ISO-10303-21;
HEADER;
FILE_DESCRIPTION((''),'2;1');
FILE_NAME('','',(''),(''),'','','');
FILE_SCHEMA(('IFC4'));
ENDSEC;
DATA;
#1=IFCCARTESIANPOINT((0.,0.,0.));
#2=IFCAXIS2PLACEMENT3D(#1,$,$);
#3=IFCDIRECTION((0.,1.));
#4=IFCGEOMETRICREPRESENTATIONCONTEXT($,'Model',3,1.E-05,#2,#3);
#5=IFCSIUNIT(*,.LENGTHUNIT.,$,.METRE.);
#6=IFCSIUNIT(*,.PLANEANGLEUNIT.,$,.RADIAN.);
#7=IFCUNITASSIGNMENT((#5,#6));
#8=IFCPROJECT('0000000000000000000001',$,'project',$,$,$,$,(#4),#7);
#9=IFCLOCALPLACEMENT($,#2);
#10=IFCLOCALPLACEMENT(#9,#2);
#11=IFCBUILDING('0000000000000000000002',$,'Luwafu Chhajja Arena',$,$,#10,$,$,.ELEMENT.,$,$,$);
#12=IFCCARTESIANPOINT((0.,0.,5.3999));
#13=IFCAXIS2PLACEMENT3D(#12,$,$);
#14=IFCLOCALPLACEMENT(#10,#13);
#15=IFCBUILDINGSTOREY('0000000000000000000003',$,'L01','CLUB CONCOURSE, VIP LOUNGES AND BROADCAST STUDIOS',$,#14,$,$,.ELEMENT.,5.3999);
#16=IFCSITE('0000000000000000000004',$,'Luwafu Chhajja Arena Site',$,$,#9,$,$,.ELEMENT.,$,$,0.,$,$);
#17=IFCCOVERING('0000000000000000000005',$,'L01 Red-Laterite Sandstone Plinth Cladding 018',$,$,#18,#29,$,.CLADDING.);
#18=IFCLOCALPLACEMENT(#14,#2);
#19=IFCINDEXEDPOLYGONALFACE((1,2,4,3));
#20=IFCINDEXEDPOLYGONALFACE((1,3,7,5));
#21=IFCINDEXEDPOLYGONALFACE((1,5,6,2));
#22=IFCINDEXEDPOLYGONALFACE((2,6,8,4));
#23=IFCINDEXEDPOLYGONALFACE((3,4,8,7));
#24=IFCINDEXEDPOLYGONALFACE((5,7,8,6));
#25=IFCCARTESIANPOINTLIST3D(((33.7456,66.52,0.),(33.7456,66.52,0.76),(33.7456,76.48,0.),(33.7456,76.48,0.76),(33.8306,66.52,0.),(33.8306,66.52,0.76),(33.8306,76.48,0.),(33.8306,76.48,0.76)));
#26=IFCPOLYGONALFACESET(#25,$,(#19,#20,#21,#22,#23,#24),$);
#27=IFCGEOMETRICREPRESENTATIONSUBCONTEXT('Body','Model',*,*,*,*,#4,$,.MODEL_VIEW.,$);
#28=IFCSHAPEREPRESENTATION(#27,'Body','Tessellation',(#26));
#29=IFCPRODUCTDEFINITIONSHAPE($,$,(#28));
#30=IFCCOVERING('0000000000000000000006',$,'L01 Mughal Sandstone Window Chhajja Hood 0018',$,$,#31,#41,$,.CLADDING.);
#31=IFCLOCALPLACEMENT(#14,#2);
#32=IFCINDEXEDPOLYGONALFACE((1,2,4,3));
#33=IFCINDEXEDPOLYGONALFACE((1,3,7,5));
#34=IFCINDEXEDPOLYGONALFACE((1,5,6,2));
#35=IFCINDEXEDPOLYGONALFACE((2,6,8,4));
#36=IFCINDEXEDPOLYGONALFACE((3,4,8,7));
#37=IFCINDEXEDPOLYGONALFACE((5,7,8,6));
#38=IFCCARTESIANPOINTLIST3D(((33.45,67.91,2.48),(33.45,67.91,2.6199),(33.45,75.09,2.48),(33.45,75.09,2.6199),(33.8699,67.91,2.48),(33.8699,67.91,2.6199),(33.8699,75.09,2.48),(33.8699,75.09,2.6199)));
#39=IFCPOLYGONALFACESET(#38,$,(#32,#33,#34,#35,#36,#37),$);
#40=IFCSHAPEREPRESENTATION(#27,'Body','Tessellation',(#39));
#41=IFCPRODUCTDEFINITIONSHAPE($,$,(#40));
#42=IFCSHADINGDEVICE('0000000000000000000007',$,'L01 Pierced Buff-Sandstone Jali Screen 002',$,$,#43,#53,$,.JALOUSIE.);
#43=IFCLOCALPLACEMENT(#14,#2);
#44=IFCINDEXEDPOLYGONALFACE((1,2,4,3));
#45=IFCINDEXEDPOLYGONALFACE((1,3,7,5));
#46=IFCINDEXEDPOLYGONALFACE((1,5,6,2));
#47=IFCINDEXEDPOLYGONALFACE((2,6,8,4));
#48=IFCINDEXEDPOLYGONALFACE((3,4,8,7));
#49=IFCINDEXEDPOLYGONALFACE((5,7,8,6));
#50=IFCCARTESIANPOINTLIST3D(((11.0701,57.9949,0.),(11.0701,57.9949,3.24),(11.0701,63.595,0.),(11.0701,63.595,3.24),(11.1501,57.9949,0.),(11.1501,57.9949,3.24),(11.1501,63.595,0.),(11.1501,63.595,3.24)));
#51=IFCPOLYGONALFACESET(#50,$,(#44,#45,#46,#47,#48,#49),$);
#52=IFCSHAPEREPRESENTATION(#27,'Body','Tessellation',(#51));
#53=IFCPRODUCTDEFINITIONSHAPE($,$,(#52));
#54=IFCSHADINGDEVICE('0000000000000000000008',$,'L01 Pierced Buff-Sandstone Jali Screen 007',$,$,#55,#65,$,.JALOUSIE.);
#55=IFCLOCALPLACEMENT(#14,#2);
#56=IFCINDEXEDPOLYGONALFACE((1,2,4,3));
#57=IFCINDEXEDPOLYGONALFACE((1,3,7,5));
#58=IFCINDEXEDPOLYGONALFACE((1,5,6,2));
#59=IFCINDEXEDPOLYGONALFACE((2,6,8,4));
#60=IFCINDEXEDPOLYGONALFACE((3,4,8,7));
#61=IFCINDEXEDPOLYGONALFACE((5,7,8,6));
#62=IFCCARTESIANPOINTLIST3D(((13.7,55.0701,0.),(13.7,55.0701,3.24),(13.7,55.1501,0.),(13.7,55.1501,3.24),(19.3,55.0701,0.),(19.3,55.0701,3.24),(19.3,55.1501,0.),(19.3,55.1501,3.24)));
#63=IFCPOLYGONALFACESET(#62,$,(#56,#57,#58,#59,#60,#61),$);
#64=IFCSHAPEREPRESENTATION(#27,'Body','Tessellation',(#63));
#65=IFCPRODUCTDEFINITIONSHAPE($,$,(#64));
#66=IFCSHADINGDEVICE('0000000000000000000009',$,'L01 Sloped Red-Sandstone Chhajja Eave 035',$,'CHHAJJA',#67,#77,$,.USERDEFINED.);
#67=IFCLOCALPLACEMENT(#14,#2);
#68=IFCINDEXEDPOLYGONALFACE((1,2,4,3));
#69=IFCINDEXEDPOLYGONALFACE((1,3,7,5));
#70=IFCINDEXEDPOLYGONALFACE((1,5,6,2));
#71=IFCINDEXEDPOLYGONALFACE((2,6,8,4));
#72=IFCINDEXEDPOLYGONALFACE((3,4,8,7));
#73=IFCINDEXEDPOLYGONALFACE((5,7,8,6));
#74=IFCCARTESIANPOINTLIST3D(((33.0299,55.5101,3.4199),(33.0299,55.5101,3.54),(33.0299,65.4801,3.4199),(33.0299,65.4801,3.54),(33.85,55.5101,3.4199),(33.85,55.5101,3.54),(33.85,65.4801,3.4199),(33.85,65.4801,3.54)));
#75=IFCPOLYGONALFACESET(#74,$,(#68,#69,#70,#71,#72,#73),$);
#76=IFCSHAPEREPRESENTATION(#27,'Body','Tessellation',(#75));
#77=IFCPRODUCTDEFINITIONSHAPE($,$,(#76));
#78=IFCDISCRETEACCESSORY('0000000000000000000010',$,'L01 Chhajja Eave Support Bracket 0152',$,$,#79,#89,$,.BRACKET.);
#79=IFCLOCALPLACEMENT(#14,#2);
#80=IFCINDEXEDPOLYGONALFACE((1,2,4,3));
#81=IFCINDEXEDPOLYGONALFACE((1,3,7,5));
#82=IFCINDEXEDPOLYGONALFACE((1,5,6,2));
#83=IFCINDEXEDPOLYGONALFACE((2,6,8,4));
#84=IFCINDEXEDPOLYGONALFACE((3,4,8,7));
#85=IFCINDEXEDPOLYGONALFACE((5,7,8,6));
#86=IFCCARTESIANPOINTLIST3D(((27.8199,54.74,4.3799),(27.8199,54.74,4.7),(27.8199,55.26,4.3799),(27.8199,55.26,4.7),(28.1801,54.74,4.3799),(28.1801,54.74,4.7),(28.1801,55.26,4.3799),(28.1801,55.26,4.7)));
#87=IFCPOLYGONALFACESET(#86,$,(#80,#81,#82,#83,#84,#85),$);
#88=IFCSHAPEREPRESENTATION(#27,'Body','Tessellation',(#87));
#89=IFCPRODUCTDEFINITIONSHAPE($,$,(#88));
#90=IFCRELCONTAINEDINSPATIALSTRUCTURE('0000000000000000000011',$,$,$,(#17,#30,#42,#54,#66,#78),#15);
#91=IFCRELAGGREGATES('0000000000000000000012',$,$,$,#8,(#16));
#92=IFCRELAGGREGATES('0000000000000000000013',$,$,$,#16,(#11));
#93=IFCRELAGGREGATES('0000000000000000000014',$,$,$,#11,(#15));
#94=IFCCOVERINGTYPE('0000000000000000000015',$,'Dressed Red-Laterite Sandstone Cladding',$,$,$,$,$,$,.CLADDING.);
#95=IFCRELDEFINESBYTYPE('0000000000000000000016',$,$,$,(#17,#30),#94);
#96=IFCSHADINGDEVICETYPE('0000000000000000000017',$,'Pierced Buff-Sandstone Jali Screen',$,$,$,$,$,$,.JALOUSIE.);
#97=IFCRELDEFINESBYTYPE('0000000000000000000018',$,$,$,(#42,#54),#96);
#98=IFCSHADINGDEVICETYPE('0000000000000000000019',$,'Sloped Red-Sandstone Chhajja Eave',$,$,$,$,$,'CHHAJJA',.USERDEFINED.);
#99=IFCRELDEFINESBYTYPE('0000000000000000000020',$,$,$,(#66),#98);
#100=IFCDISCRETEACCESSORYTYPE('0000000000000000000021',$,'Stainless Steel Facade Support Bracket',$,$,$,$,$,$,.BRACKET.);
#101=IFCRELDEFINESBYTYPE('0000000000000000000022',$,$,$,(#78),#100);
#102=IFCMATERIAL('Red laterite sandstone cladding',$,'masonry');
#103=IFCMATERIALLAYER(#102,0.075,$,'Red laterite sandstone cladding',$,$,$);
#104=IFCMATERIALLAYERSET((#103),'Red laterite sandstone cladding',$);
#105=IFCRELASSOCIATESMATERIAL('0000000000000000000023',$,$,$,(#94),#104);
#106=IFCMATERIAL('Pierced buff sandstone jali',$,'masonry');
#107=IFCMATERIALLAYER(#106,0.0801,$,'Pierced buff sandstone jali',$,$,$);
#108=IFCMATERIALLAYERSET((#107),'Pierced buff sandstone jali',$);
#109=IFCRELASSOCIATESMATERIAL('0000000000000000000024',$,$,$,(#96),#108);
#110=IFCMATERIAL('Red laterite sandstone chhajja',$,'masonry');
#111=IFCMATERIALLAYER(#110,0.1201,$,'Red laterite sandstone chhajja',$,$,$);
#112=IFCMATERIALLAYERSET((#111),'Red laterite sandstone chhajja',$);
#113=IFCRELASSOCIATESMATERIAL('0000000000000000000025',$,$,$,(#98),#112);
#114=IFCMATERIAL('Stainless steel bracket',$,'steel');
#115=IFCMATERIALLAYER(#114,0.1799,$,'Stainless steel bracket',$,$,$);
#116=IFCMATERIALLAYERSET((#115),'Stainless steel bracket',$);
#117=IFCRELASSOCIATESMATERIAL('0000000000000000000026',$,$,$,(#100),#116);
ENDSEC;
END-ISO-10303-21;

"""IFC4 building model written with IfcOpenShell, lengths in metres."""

from ifc_helpers import new_model, si_unit, direction, frame, origin, origin_2d, place, context, subcontext, project, spatial, rectangle, extrude, material, layer, layer_set, type_object, element, save


model = new_model("IFC4")

# Units and contexts
model_context = context("Model", 3, precision=1e-05, world=origin(), true_north=direction((0.0, 1.0)))
body_context = subcontext(model_context, "Body", "Model", "MODEL_VIEW")
ifc_project = project(units=[si_unit("LENGTHUNIT", "METRE"), si_unit("PLANEANGLEUNIT", "RADIAN")], contexts=[model_context])

# Site, building, storey
site_placement = place(None, origin())
site = spatial("IfcSite", under=ifc_project, at=site_placement, Name="Luwafu Chhajja Arena Site", CompositionType="ELEMENT", RefElevation=0.0)
building_placement = place(site_placement, origin())
building = spatial("IfcBuilding", under=site, at=building_placement, Name="Luwafu Chhajja Arena", CompositionType="ELEMENT")
storey_placement = place(building_placement, frame((0.0, 0.0, 5.3999)))
storey = spatial("IfcBuildingStorey", under=building, at=storey_placement, Name="L01", Description="CLUB CONCOURSE, VIP LOUNGES AND BROADCAST STUDIOS", CompositionType="ELEMENT", Elevation=5.3999)

# Coverings
ifc_material_1 = material(Name="Red laterite sandstone cladding", Category="masonry")
ifc_layer_1 = layer(ifc_material_1, 0.075, Name="Red laterite sandstone cladding")
ifc_layer_set_1 = layer_set([ifc_layer_1], Name="Red laterite sandstone cladding")
covering_type = type_object("IfcCoveringType", Name="Dressed Red-Laterite Sandstone Cladding", PredefinedType="CLADDING", material=ifc_layer_set_1)
covering_1_placement = place(storey_placement, frame((33.7881, 71.5, 0.0), z_axis=(0.0, 0.0, 1.0), x_axis=(0.0, 1.0, 0.0)))
element("IfcCovering", 1, at=covering_1_placement, inside=storey, type_object=covering_type, Name="L01 Red-Laterite Sandstone Plinth Cladding 018", PredefinedType="CLADDING", context=body_context, shape_type="SweptSolid", body=[
    extrude(rectangle(XDim=9.96, YDim=0.085, at=origin_2d()), origin(), (0.0, 0.0, 1.0), 0.76),
])
covering_2_placement = place(storey_placement, frame((33.6599, 71.5, 2.48), z_axis=(0.0, 0.0, 1.0), x_axis=(0.0, 1.0, 0.0)))
element("IfcCovering", 2, at=covering_2_placement, inside=storey, type_object=covering_type, Name="L01 Mughal Sandstone Window Chhajja Hood 0018", PredefinedType="CLADDING", context=body_context, shape_type="SweptSolid", body=[
    extrude(rectangle(XDim=7.1799, YDim=0.4199, at=origin_2d()), origin(), (0.0, 0.0, 1.0), 0.1399),
])

# Shading devices
ifc_material_2 = material(Name="Pierced buff sandstone jali", Category="masonry")
ifc_layer_2 = layer(ifc_material_2, 0.0801, Name="Pierced buff sandstone jali")
ifc_layer_set_2 = layer_set([ifc_layer_2], Name="Pierced buff sandstone jali")
shading_device_type_1 = type_object("IfcShadingDeviceType", Name="Pierced Buff-Sandstone Jali Screen", PredefinedType="JALOUSIE", material=ifc_layer_set_2)
for number, where, z_axis, x_axis, name in (
    (3, (11.1101, 60.7949, 0.0), (0.0, 0.0, 1.0), (0.0, 1.0, 0.0), "L01 Pierced Buff-Sandstone Jali Screen 002"),
    (4, (16.5, 55.1101, 0.0), (0.0, 0.0, 1.0), (1.0, 0.0, 0.0), "L01 Pierced Buff-Sandstone Jali Screen 007"),
):
    element("IfcShadingDevice", number, at=place(storey_placement, frame(where, z_axis=z_axis, x_axis=x_axis)), inside=storey, type_object=shading_device_type_1, Name=name, PredefinedType="JALOUSIE", context=body_context, shape_type="SweptSolid", body=[
        extrude(rectangle(XDim=5.6001, YDim=0.0801, at=origin_2d()), origin(), (0.0, 0.0, 1.0), 3.24),
    ])
ifc_material_3 = material(Name="Red laterite sandstone chhajja", Category="masonry")
ifc_layer_3 = layer(ifc_material_3, 0.1201, Name="Red laterite sandstone chhajja")
ifc_layer_set_3 = layer_set([ifc_layer_3], Name="Red laterite sandstone chhajja")
shading_device_type_2 = type_object("IfcShadingDeviceType", Name="Sloped Red-Sandstone Chhajja Eave", ElementType="CHHAJJA", PredefinedType="USERDEFINED", material=ifc_layer_set_3)
shading_device_placement = place(storey_placement, frame((33.4399, 60.4951, 3.4199), z_axis=(0.0, 0.0, 1.0), x_axis=(0.0, 1.0, 0.0)))
element("IfcShadingDevice", 5, at=shading_device_placement, inside=storey, type_object=shading_device_type_2, Name="L01 Sloped Red-Sandstone Chhajja Eave 035", ObjectType="CHHAJJA", PredefinedType="USERDEFINED", context=body_context, shape_type="SweptSolid", body=[
    extrude(rectangle(XDim=9.97, YDim=0.8201, at=origin_2d()), origin(), (0.0, 0.0, 1.0), 0.1201),
])

# Discrete accessory
ifc_material_4 = material(Name="Stainless steel bracket", Category="steel")
ifc_layer_4 = layer(ifc_material_4, 0.1799, Name="Stainless steel bracket")
ifc_layer_set_4 = layer_set([ifc_layer_4], Name="Stainless steel bracket")
discrete_accessory_type = type_object("IfcDiscreteAccessoryType", Name="Stainless Steel Facade Support Bracket", PredefinedType="BRACKET", material=ifc_layer_set_4)
discrete_accessory_placement = place(storey_placement, frame((28.0, 55.0, 4.3799), z_axis=(0.0, 0.0, 1.0), x_axis=(1.0, 0.0, 0.0)))
element("IfcDiscreteAccessory", 6, at=discrete_accessory_placement, inside=storey, type_object=discrete_accessory_type, Name="L01 Chhajja Eave Support Bracket 0152", PredefinedType="BRACKET", context=body_context, shape_type="SweptSolid", body=[
    extrude(rectangle(XDim=0.3601, YDim=0.52, at=origin_2d()), origin(), (0.0, 0.0, 1.0), 0.3201),
])

save(model, "model.ifc")
